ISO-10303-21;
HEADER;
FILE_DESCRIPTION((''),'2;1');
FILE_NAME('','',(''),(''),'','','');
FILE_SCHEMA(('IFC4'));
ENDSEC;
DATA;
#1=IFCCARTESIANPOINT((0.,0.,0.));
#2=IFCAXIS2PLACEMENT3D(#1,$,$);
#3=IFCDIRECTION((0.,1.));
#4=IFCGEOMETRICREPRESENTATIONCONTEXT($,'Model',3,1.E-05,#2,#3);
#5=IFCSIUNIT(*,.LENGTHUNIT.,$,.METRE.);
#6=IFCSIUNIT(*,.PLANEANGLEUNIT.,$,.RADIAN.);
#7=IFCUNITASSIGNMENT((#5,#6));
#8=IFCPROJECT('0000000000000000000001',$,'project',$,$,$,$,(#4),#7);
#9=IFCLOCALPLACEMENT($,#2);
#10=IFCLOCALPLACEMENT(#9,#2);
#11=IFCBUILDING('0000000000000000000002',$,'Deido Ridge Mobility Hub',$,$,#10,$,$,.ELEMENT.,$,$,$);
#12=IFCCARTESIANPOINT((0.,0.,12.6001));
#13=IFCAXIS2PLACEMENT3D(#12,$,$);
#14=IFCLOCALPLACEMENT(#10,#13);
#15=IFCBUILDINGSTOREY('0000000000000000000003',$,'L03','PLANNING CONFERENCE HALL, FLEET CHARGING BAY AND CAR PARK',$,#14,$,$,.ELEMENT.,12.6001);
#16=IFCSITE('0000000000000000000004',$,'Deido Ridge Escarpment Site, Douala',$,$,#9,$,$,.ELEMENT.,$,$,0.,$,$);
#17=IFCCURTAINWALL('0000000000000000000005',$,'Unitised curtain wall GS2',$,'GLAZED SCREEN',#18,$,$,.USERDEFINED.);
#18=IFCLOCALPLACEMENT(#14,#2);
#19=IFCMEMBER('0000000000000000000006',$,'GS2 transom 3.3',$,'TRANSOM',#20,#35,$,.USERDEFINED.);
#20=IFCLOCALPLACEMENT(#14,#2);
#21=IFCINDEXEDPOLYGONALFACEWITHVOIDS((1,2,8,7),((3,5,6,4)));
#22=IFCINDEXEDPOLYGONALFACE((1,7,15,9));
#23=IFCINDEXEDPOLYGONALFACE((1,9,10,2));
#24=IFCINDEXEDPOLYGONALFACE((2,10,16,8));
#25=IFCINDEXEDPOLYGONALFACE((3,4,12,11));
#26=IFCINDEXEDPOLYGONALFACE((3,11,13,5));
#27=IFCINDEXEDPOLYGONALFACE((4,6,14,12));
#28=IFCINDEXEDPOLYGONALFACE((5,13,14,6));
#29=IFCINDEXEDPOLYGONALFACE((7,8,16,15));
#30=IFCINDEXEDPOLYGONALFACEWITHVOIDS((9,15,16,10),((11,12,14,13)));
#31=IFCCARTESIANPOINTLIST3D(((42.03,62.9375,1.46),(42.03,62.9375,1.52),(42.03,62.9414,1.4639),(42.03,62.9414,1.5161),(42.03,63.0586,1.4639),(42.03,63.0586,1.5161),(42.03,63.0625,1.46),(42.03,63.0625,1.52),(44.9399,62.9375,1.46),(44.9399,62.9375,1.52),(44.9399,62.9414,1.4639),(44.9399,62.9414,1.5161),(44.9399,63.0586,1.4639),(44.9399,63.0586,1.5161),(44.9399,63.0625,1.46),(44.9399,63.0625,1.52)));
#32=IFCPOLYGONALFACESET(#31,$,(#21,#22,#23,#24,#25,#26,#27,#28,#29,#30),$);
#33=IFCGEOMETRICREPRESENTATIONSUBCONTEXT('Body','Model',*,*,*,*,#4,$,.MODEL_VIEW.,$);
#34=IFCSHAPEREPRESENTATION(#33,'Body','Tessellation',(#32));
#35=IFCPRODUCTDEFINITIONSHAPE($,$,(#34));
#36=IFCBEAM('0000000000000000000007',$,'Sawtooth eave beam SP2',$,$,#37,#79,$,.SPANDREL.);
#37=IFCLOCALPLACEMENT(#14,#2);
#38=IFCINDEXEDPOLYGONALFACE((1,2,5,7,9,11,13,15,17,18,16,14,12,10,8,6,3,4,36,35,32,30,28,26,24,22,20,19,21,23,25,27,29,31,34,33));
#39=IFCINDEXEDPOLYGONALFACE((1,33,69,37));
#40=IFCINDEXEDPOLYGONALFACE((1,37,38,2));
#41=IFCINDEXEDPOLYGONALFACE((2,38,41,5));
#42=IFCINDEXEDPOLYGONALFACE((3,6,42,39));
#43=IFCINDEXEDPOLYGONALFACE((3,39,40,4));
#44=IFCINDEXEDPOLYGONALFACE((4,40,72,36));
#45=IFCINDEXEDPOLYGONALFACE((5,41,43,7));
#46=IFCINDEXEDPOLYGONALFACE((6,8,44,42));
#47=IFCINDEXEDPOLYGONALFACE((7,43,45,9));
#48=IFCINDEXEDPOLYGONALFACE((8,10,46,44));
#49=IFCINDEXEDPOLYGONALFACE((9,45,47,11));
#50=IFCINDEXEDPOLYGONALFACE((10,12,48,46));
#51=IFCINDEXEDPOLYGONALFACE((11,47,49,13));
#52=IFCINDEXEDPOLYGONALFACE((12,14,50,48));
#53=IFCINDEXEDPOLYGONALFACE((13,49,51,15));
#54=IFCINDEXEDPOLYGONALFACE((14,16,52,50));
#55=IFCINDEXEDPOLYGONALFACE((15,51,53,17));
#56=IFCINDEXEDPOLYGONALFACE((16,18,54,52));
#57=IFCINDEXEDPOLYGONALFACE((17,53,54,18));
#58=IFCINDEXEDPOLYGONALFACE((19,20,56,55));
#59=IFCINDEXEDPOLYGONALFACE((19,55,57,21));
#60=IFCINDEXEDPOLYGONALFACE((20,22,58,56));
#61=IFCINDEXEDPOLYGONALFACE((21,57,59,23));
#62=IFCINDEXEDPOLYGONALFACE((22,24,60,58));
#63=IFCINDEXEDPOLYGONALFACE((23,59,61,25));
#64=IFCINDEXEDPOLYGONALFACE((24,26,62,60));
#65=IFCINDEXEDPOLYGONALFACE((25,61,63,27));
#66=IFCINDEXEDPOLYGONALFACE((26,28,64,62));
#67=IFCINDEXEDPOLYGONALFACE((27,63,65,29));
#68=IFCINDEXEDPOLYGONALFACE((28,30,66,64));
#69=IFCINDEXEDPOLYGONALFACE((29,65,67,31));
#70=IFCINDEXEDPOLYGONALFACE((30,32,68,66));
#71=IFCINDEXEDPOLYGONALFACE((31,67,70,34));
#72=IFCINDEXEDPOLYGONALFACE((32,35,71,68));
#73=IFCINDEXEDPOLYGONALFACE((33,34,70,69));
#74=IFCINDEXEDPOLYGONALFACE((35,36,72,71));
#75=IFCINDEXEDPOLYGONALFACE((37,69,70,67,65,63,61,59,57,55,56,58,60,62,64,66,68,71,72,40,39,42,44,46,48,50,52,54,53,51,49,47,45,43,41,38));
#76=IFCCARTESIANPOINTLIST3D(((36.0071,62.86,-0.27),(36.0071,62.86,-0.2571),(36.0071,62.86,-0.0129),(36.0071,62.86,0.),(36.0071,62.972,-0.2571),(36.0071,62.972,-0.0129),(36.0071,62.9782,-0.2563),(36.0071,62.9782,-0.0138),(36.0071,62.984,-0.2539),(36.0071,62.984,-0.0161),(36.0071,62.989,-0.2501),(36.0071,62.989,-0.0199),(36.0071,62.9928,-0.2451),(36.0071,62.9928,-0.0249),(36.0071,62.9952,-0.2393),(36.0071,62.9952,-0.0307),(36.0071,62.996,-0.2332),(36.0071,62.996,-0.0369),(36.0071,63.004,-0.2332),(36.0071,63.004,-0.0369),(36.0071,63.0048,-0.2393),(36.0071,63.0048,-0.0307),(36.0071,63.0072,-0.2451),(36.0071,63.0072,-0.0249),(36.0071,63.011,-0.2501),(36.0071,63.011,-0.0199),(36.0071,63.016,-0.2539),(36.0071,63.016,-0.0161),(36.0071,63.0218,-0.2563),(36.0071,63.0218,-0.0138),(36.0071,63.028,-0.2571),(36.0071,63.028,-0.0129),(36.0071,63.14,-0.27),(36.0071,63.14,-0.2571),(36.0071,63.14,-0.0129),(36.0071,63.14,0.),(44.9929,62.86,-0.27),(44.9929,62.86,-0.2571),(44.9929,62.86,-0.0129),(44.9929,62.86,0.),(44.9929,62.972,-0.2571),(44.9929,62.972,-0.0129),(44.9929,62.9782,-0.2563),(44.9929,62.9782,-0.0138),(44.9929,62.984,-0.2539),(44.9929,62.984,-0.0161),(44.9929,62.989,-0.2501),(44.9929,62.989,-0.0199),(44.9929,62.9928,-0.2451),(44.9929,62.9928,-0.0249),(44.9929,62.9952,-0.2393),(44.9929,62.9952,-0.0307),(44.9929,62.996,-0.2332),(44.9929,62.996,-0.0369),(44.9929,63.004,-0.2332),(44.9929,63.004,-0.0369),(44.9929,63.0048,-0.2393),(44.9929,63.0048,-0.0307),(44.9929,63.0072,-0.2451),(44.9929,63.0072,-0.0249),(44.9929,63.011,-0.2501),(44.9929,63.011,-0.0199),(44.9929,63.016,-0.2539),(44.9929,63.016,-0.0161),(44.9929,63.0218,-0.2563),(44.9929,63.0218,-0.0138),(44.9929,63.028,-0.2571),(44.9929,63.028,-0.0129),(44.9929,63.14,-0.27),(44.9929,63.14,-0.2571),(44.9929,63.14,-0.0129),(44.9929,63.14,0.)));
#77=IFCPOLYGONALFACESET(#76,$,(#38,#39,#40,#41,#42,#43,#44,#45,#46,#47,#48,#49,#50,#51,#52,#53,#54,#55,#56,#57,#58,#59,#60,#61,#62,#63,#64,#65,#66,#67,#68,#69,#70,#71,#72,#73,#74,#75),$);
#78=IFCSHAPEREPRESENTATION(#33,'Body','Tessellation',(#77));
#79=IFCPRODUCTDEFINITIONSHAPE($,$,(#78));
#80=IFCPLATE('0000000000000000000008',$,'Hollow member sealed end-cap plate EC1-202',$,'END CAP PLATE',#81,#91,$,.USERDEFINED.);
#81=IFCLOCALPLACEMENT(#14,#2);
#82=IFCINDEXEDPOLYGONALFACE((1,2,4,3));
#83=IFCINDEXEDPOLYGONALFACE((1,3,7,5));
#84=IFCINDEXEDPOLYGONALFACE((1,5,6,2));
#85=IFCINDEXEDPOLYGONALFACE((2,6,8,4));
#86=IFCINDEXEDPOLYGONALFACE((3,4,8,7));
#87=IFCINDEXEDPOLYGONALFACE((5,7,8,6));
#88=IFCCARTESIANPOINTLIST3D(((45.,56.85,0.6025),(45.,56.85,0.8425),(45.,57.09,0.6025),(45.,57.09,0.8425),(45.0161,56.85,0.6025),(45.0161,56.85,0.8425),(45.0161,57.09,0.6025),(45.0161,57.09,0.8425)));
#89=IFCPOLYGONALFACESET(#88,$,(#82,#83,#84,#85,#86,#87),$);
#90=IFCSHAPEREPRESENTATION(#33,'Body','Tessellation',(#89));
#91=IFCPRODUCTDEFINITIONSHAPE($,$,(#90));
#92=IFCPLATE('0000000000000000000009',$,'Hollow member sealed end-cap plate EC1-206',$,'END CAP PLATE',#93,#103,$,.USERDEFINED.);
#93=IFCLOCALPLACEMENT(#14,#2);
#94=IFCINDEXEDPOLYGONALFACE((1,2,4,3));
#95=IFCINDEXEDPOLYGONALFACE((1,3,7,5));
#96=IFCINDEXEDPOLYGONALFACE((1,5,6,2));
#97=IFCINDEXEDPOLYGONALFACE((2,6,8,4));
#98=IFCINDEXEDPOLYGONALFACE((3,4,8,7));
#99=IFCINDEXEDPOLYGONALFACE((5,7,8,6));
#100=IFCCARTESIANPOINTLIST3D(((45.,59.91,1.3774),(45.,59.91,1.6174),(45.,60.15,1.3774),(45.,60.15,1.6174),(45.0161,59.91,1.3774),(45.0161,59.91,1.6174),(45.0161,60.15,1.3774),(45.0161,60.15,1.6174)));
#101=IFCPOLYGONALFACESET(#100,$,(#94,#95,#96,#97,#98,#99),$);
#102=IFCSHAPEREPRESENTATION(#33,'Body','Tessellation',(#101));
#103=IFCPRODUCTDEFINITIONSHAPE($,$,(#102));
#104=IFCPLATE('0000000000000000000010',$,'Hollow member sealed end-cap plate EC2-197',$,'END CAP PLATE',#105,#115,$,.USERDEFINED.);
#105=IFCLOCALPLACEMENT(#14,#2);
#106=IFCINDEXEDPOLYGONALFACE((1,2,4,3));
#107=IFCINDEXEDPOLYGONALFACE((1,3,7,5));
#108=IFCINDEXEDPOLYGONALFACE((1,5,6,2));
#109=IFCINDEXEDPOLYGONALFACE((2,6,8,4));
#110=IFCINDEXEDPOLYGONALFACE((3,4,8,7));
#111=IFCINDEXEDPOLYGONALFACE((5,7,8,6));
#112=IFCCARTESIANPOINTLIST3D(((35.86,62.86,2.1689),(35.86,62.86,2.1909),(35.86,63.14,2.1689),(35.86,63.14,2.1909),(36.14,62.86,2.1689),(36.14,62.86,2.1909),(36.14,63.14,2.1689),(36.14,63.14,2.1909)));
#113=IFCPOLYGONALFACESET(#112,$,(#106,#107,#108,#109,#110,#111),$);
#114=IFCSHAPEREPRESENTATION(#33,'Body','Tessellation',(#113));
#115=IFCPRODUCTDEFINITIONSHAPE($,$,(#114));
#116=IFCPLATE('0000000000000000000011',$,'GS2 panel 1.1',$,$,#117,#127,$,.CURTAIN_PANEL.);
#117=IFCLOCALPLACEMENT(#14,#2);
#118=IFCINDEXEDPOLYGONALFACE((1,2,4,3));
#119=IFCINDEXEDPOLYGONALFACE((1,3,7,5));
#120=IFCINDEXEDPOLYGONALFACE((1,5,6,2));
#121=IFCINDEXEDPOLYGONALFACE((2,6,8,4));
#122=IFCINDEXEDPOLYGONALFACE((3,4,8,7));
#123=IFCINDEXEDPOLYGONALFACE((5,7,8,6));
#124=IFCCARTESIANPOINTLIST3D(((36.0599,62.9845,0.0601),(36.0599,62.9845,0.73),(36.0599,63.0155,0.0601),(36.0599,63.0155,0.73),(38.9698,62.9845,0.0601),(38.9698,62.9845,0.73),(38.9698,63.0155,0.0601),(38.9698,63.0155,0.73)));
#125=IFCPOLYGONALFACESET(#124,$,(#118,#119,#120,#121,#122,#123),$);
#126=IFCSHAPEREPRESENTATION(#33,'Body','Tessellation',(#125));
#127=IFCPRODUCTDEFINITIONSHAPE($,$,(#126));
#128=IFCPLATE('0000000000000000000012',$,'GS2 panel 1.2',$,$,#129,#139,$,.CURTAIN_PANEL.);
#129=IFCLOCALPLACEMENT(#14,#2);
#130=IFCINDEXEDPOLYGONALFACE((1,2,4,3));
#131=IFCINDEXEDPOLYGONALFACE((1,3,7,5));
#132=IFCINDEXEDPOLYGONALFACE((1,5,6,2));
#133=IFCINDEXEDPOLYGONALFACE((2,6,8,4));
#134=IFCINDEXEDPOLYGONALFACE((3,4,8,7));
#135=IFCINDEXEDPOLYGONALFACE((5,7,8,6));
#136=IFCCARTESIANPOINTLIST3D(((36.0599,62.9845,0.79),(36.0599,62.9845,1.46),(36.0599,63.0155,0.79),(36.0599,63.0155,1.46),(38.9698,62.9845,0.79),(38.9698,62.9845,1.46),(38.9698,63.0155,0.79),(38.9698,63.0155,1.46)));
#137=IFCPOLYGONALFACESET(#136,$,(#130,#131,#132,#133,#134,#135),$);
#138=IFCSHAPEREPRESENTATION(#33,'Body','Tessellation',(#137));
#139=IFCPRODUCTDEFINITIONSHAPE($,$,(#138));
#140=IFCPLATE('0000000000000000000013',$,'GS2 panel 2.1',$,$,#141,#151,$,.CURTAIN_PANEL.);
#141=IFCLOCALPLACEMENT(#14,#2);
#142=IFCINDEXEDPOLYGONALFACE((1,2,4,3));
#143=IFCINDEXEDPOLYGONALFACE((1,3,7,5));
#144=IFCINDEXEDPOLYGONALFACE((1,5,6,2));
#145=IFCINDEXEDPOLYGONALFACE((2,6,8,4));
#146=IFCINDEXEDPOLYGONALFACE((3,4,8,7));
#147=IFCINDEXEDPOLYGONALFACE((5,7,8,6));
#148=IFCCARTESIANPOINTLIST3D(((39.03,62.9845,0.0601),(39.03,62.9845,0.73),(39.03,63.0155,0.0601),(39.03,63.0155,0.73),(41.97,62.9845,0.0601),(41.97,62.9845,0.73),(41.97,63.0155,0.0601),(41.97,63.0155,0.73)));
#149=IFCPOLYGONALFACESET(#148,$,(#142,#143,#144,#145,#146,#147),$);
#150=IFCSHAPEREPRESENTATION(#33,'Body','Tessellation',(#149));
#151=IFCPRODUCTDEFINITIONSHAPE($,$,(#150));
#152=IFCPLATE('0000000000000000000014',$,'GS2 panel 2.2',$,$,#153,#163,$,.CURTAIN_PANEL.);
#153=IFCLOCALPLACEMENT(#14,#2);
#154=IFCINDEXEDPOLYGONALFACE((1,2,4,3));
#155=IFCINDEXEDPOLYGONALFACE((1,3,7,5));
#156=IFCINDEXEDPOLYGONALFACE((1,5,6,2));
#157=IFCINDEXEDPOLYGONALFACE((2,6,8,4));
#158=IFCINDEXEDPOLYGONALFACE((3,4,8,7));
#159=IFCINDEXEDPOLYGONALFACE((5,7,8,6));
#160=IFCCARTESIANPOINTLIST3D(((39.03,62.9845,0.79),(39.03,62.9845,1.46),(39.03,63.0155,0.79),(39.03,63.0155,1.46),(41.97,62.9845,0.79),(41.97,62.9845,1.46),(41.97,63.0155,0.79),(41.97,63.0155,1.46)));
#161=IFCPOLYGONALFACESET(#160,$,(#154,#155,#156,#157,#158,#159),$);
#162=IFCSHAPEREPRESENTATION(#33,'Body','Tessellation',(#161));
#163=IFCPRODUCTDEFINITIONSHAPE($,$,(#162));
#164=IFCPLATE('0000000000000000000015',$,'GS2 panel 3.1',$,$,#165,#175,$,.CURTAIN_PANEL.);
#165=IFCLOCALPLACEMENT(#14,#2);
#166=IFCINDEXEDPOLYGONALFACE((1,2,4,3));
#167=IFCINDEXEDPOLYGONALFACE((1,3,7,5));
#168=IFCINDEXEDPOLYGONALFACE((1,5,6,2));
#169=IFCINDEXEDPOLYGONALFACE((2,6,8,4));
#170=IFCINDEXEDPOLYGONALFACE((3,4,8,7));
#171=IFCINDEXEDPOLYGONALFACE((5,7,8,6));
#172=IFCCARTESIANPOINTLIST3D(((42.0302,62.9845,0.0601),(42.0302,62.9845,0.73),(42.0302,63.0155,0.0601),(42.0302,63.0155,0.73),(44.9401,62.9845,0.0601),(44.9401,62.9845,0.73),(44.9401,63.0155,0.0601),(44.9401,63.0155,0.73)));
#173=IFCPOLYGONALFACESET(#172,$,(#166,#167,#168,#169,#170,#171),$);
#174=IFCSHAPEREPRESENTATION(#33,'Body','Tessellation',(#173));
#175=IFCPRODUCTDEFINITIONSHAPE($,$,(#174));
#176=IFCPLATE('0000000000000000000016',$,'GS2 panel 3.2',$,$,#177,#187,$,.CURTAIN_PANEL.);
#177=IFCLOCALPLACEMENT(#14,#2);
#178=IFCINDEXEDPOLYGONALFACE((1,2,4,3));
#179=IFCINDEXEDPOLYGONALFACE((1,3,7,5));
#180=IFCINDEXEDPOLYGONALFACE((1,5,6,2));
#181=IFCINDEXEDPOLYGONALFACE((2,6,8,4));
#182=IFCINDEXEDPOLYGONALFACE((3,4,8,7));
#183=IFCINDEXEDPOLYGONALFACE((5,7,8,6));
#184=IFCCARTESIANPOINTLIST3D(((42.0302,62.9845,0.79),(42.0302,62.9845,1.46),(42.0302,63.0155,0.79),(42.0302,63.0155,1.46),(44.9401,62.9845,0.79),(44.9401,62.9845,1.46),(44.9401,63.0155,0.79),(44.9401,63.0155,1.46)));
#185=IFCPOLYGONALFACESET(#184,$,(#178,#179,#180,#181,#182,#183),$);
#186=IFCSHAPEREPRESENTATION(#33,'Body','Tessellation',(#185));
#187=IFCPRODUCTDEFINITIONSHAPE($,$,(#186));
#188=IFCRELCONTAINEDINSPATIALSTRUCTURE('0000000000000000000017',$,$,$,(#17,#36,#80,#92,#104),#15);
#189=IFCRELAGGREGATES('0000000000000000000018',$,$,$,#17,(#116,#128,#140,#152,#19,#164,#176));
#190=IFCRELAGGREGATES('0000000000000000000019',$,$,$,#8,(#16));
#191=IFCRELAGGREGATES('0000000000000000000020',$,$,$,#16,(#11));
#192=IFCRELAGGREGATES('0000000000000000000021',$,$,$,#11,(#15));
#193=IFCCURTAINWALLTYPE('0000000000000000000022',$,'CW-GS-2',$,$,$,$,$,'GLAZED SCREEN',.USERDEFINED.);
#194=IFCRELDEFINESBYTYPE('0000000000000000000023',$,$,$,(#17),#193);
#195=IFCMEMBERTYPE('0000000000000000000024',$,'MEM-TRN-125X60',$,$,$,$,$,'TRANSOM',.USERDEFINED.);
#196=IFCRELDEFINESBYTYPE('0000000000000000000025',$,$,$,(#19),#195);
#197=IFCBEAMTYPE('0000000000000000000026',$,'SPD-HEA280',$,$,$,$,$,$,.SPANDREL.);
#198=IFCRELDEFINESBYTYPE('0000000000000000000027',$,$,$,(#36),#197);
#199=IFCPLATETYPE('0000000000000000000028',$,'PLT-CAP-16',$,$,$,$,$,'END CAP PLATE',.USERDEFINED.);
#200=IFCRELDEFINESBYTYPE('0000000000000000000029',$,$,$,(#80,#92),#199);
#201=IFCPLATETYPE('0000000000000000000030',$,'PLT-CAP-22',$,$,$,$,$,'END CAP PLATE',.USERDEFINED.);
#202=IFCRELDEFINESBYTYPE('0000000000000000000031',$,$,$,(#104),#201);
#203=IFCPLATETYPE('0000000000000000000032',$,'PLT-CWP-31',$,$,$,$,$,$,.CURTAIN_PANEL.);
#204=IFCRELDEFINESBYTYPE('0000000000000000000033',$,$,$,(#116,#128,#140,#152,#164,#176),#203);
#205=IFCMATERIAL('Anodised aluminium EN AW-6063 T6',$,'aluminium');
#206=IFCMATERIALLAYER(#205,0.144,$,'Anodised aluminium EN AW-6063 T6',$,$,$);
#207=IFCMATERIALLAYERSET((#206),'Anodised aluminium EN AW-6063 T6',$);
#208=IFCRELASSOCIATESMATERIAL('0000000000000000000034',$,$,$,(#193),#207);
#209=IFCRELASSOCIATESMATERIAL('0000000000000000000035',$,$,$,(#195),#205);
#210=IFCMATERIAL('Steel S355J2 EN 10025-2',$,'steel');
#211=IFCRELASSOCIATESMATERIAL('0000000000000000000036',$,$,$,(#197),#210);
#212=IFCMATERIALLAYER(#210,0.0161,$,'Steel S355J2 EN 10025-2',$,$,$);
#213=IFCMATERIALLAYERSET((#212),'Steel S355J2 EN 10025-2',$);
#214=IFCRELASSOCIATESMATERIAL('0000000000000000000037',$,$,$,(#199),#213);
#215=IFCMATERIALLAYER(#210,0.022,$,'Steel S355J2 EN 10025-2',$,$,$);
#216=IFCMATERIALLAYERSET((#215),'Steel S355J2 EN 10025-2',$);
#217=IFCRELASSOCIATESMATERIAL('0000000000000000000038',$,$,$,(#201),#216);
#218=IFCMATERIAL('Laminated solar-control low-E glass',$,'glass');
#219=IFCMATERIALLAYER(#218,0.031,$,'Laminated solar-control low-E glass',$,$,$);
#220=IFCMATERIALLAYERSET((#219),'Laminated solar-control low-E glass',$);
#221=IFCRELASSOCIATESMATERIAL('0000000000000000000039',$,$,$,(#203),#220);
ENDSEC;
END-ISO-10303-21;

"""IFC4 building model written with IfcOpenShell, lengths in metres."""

from ifc_helpers import new_model, si_unit, direction, frame, origin, origin_2d, place, context, subcontext, project, spatial, rectangle, hollow_rectangle, i_section, extrude, material, layer, layer_set, material_profile, profile_set, type_object, element, aggregate, save


model = new_model("IFC4")

# Units and contexts
model_context = context("Model", 3, precision=1e-05, world=origin(), true_north=direction((0.0, 1.0)))
body_context = subcontext(model_context, "Body", "Model", "MODEL_VIEW")
ifc_project = project(units=[si_unit("LENGTHUNIT", "METRE"), si_unit("PLANEANGLEUNIT", "RADIAN")], contexts=[model_context])

# Site, building, storey
site_placement = place(None, origin())
site = spatial("IfcSite", under=ifc_project, at=site_placement, Name="Deido Ridge Escarpment Site, Douala", CompositionType="ELEMENT", RefElevation=0.0)
building_placement = place(site_placement, origin())
building = spatial("IfcBuilding", under=site, at=building_placement, Name="Deido Ridge Mobility Hub", CompositionType="ELEMENT")
storey_placement = place(building_placement, frame((0.0, 0.0, 12.6001)))
storey = spatial("IfcBuildingStorey", under=building, at=storey_placement, Name="L03", Description="PLANNING CONFERENCE HALL, FLEET CHARGING BAY AND CAR PARK", CompositionType="ELEMENT", Elevation=12.6001)

# Curtain wall
ifc_material_1 = material(Name="Anodised aluminium EN AW-6063 T6", Category="aluminium")
ifc_layer_1 = layer(ifc_material_1, 0.144, Name="Anodised aluminium EN AW-6063 T6")
ifc_layer_set_1 = layer_set([ifc_layer_1], Name="Anodised aluminium EN AW-6063 T6")
curtain_wall_type = type_object("IfcCurtainWallType", Name="CW-GS-2", ElementType="GLAZED SCREEN", PredefinedType="USERDEFINED", material=ifc_layer_set_1)
curtain_wall_placement = place(storey_placement, origin())
curtain_wall = element("IfcCurtainWall", 1, at=curtain_wall_placement, inside=storey, type_object=curtain_wall_type, Name="Unitised curtain wall GS2", ObjectType="GLAZED SCREEN", PredefinedType="USERDEFINED")

# Member
ifc_material_profile_1 = material_profile(ifc_material_1, hollow_rectangle(XDim=0.125, YDim=0.0601, WallThickness=0.0039, at=origin_2d()), Name="RHS 125x60x4")
ifc_profile_set_1 = profile_set([ifc_material_profile_1], Name="Anodised aluminium EN AW-6063 T6")
member_type_1 = type_object("IfcMemberType", Name="MEM-TRN-125X60", ElementType="TRANSOM", PredefinedType="USERDEFINED", material=ifc_profile_set_1)
member_1_placement = place(storey_placement, frame((42.03, 63.0, 1.49), z_axis=(1.0, 0.0, 0.0), x_axis=(0.0, 1.0, 0.0)))
member_1 = element("IfcMember", 2, at=member_1_placement, type_object=member_type_1, Name="GS2 transom 3.3", ObjectType="TRANSOM", PredefinedType="USERDEFINED", context=body_context, shape_type="SweptSolid", body=[
    extrude(hollow_rectangle(XDim=0.125, YDim=0.0601, WallThickness=0.0039, at=origin_2d()), origin(), (0.0, 0.0, 1.0), 2.9099),
])

# Beam
ifc_material_2 = material(Name="Steel S355J2 EN 10025-2", Category="steel")
ifc_material_profile_2 = material_profile(ifc_material_2, i_section(OverallWidth=0.28, OverallDepth=0.27, WebThickness=0.0081, FlangeThickness=0.0129, FilletRadius=0.0239, at=origin_2d()), Name="HEA 280")
ifc_profile_set_2 = profile_set([ifc_material_profile_2], Name="Steel S355J2 EN 10025-2")
beam_type = type_object("IfcBeamType", Name="SPD-HEA280", PredefinedType="SPANDREL", material=ifc_profile_set_2)
beam_placement = place(storey_placement, frame((36.0071, 63.0, -0.135), z_axis=(1.0, 0.0, 0.0), x_axis=(0.0, 1.0, 0.0)))
element("IfcBeam", 3, at=beam_placement, inside=storey, type_object=beam_type, Name="Sawtooth eave beam SP2", PredefinedType="SPANDREL", context=body_context, shape_type="SweptSolid", body=[
    extrude(i_section(OverallWidth=0.28, OverallDepth=0.27, WebThickness=0.0081, FlangeThickness=0.0129, FilletRadius=0.0239, at=origin_2d()), origin(), (0.0, 0.0, 1.0), 8.9858),
])

# Plates
ifc_layer_2 = layer(ifc_material_2, 0.0161, Name="Steel S355J2 EN 10025-2")
ifc_layer_set_2 = layer_set([ifc_layer_2], Name="Steel S355J2 EN 10025-2")
plate_type_1 = type_object("IfcPlateType", Name="PLT-CAP-16", ElementType="END CAP PLATE", PredefinedType="USERDEFINED", material=ifc_layer_set_2)
for number, where, z_axis, x_axis, name in (
    (4, (45.0081, 56.97, 0.6025), (0.0, 0.0, 1.0), (1.0, 0.0, 0.0), "Hollow member sealed end-cap plate EC1-202"),
    (5, (45.0081, 60.03, 1.3774), (0.0, 0.0, 1.0), (1.0, 0.0, 0.0), "Hollow member sealed end-cap plate EC1-206"),
):
    element("IfcPlate", number, at=place(storey_placement, frame(where, z_axis=z_axis, x_axis=x_axis)), inside=storey, type_object=plate_type_1, Name=name, ObjectType="END CAP PLATE", PredefinedType="USERDEFINED", context=body_context, shape_type="SweptSolid", body=[
        extrude(rectangle(XDim=0.0161, YDim=0.24, at=origin_2d()), origin(), (0.0, 0.0, 1.0), 0.24),
    ])
ifc_layer_3 = layer(ifc_material_2, 0.022, Name="Steel S355J2 EN 10025-2")
ifc_layer_set_3 = layer_set([ifc_layer_3], Name="Steel S355J2 EN 10025-2")
plate_type_2 = type_object("IfcPlateType", Name="PLT-CAP-22", ElementType="END CAP PLATE", PredefinedType="USERDEFINED", material=ifc_layer_set_3)
plate_1_placement = place(storey_placement, frame((36.0, 63.0, 2.1689), z_axis=(0.0, 0.0, 1.0), x_axis=(1.0, 0.0, 0.0)))
element("IfcPlate", 6, at=plate_1_placement, inside=storey, type_object=plate_type_2, Name="Hollow member sealed end-cap plate EC2-197", ObjectType="END CAP PLATE", PredefinedType="USERDEFINED", context=body_context, shape_type="SweptSolid", body=[
    extrude(rectangle(XDim=0.28, YDim=0.28, at=origin_2d()), origin(), (0.0, 0.0, 1.0), 0.022),
])

# Plates
ifc_material_3 = material(Name="Laminated solar-control low-E glass", Category="glass")
ifc_layer_4 = layer(ifc_material_3, 0.031, Name="Laminated solar-control low-E glass")
ifc_layer_set_4 = layer_set([ifc_layer_4], Name="Laminated solar-control low-E glass")
plate_type_3 = type_object("IfcPlateType", Name="PLT-CWP-31", PredefinedType="CURTAIN_PANEL", material=ifc_layer_set_4)
plate_2_placement = place(storey_placement, frame((37.5149, 63.0, 0.0601), z_axis=(0.0, 0.0, 1.0), x_axis=(1.0, 0.0, 0.0)))
plate_2 = element("IfcPlate", 7, at=plate_2_placement, type_object=plate_type_3, Name="GS2 panel 1.1", PredefinedType="CURTAIN_PANEL", context=body_context, shape_type="SweptSolid", body=[
    extrude(rectangle(XDim=2.9099, YDim=0.031, at=origin_2d()), origin(), (0.0, 0.0, 1.0), 0.6699),
])
plate_3_placement = place(storey_placement, frame((37.5149, 63.0, 0.79), z_axis=(0.0, 0.0, 1.0), x_axis=(1.0, 0.0, 0.0)))
plate_3 = element("IfcPlate", 8, at=plate_3_placement, type_object=plate_type_3, Name="GS2 panel 1.2", PredefinedType="CURTAIN_PANEL", context=body_context, shape_type="SweptSolid", body=[
    extrude(rectangle(XDim=2.9099, YDim=0.031, at=origin_2d()), origin(), (0.0, 0.0, 1.0), 0.6699),
])
plate_4_placement = place(storey_placement, frame((40.5, 63.0, 0.0601), z_axis=(0.0, 0.0, 1.0), x_axis=(1.0, 0.0, 0.0)))
plate_4 = element("IfcPlate", 9, at=plate_4_placement, type_object=plate_type_3, Name="GS2 panel 2.1", PredefinedType="CURTAIN_PANEL", context=body_context, shape_type="SweptSolid", body=[
    extrude(rectangle(XDim=2.9399, YDim=0.031, at=origin_2d()), origin(), (0.0, 0.0, 1.0), 0.6699),
])
plate_5_placement = place(storey_placement, frame((40.5, 63.0, 0.79), z_axis=(0.0, 0.0, 1.0), x_axis=(1.0, 0.0, 0.0)))
plate_5 = element("IfcPlate", 10, at=plate_5_placement, type_object=plate_type_3, Name="GS2 panel 2.2", PredefinedType="CURTAIN_PANEL", context=body_context, shape_type="SweptSolid", body=[
    extrude(rectangle(XDim=2.9399, YDim=0.031, at=origin_2d()), origin(), (0.0, 0.0, 1.0), 0.6699),
])
plate_6_placement = place(storey_placement, frame((43.4851, 63.0, 0.0601), z_axis=(0.0, 0.0, 1.0), x_axis=(1.0, 0.0, 0.0)))
plate_6 = element("IfcPlate", 11, at=plate_6_placement, type_object=plate_type_3, Name="GS2 panel 3.1", PredefinedType="CURTAIN_PANEL", context=body_context, shape_type="SweptSolid", body=[
    extrude(rectangle(XDim=2.9099, YDim=0.031, at=origin_2d()), origin(), (0.0, 0.0, 1.0), 0.6699),
])
plate_7_placement = place(storey_placement, frame((43.4851, 63.0, 0.79), z_axis=(0.0, 0.0, 1.0), x_axis=(1.0, 0.0, 0.0)))
plate_7 = element("IfcPlate", 12, at=plate_7_placement, type_object=plate_type_3, Name="GS2 panel 3.2", PredefinedType="CURTAIN_PANEL", context=body_context, shape_type="SweptSolid", body=[
    extrude(rectangle(XDim=2.9099, YDim=0.031, at=origin_2d()), origin(), (0.0, 0.0, 1.0), 0.6699),
])
aggregate(curtain_wall, [plate_2, plate_3, plate_4, plate_5, member_1, plate_6, plate_7])

save(model, "model.ifc")
